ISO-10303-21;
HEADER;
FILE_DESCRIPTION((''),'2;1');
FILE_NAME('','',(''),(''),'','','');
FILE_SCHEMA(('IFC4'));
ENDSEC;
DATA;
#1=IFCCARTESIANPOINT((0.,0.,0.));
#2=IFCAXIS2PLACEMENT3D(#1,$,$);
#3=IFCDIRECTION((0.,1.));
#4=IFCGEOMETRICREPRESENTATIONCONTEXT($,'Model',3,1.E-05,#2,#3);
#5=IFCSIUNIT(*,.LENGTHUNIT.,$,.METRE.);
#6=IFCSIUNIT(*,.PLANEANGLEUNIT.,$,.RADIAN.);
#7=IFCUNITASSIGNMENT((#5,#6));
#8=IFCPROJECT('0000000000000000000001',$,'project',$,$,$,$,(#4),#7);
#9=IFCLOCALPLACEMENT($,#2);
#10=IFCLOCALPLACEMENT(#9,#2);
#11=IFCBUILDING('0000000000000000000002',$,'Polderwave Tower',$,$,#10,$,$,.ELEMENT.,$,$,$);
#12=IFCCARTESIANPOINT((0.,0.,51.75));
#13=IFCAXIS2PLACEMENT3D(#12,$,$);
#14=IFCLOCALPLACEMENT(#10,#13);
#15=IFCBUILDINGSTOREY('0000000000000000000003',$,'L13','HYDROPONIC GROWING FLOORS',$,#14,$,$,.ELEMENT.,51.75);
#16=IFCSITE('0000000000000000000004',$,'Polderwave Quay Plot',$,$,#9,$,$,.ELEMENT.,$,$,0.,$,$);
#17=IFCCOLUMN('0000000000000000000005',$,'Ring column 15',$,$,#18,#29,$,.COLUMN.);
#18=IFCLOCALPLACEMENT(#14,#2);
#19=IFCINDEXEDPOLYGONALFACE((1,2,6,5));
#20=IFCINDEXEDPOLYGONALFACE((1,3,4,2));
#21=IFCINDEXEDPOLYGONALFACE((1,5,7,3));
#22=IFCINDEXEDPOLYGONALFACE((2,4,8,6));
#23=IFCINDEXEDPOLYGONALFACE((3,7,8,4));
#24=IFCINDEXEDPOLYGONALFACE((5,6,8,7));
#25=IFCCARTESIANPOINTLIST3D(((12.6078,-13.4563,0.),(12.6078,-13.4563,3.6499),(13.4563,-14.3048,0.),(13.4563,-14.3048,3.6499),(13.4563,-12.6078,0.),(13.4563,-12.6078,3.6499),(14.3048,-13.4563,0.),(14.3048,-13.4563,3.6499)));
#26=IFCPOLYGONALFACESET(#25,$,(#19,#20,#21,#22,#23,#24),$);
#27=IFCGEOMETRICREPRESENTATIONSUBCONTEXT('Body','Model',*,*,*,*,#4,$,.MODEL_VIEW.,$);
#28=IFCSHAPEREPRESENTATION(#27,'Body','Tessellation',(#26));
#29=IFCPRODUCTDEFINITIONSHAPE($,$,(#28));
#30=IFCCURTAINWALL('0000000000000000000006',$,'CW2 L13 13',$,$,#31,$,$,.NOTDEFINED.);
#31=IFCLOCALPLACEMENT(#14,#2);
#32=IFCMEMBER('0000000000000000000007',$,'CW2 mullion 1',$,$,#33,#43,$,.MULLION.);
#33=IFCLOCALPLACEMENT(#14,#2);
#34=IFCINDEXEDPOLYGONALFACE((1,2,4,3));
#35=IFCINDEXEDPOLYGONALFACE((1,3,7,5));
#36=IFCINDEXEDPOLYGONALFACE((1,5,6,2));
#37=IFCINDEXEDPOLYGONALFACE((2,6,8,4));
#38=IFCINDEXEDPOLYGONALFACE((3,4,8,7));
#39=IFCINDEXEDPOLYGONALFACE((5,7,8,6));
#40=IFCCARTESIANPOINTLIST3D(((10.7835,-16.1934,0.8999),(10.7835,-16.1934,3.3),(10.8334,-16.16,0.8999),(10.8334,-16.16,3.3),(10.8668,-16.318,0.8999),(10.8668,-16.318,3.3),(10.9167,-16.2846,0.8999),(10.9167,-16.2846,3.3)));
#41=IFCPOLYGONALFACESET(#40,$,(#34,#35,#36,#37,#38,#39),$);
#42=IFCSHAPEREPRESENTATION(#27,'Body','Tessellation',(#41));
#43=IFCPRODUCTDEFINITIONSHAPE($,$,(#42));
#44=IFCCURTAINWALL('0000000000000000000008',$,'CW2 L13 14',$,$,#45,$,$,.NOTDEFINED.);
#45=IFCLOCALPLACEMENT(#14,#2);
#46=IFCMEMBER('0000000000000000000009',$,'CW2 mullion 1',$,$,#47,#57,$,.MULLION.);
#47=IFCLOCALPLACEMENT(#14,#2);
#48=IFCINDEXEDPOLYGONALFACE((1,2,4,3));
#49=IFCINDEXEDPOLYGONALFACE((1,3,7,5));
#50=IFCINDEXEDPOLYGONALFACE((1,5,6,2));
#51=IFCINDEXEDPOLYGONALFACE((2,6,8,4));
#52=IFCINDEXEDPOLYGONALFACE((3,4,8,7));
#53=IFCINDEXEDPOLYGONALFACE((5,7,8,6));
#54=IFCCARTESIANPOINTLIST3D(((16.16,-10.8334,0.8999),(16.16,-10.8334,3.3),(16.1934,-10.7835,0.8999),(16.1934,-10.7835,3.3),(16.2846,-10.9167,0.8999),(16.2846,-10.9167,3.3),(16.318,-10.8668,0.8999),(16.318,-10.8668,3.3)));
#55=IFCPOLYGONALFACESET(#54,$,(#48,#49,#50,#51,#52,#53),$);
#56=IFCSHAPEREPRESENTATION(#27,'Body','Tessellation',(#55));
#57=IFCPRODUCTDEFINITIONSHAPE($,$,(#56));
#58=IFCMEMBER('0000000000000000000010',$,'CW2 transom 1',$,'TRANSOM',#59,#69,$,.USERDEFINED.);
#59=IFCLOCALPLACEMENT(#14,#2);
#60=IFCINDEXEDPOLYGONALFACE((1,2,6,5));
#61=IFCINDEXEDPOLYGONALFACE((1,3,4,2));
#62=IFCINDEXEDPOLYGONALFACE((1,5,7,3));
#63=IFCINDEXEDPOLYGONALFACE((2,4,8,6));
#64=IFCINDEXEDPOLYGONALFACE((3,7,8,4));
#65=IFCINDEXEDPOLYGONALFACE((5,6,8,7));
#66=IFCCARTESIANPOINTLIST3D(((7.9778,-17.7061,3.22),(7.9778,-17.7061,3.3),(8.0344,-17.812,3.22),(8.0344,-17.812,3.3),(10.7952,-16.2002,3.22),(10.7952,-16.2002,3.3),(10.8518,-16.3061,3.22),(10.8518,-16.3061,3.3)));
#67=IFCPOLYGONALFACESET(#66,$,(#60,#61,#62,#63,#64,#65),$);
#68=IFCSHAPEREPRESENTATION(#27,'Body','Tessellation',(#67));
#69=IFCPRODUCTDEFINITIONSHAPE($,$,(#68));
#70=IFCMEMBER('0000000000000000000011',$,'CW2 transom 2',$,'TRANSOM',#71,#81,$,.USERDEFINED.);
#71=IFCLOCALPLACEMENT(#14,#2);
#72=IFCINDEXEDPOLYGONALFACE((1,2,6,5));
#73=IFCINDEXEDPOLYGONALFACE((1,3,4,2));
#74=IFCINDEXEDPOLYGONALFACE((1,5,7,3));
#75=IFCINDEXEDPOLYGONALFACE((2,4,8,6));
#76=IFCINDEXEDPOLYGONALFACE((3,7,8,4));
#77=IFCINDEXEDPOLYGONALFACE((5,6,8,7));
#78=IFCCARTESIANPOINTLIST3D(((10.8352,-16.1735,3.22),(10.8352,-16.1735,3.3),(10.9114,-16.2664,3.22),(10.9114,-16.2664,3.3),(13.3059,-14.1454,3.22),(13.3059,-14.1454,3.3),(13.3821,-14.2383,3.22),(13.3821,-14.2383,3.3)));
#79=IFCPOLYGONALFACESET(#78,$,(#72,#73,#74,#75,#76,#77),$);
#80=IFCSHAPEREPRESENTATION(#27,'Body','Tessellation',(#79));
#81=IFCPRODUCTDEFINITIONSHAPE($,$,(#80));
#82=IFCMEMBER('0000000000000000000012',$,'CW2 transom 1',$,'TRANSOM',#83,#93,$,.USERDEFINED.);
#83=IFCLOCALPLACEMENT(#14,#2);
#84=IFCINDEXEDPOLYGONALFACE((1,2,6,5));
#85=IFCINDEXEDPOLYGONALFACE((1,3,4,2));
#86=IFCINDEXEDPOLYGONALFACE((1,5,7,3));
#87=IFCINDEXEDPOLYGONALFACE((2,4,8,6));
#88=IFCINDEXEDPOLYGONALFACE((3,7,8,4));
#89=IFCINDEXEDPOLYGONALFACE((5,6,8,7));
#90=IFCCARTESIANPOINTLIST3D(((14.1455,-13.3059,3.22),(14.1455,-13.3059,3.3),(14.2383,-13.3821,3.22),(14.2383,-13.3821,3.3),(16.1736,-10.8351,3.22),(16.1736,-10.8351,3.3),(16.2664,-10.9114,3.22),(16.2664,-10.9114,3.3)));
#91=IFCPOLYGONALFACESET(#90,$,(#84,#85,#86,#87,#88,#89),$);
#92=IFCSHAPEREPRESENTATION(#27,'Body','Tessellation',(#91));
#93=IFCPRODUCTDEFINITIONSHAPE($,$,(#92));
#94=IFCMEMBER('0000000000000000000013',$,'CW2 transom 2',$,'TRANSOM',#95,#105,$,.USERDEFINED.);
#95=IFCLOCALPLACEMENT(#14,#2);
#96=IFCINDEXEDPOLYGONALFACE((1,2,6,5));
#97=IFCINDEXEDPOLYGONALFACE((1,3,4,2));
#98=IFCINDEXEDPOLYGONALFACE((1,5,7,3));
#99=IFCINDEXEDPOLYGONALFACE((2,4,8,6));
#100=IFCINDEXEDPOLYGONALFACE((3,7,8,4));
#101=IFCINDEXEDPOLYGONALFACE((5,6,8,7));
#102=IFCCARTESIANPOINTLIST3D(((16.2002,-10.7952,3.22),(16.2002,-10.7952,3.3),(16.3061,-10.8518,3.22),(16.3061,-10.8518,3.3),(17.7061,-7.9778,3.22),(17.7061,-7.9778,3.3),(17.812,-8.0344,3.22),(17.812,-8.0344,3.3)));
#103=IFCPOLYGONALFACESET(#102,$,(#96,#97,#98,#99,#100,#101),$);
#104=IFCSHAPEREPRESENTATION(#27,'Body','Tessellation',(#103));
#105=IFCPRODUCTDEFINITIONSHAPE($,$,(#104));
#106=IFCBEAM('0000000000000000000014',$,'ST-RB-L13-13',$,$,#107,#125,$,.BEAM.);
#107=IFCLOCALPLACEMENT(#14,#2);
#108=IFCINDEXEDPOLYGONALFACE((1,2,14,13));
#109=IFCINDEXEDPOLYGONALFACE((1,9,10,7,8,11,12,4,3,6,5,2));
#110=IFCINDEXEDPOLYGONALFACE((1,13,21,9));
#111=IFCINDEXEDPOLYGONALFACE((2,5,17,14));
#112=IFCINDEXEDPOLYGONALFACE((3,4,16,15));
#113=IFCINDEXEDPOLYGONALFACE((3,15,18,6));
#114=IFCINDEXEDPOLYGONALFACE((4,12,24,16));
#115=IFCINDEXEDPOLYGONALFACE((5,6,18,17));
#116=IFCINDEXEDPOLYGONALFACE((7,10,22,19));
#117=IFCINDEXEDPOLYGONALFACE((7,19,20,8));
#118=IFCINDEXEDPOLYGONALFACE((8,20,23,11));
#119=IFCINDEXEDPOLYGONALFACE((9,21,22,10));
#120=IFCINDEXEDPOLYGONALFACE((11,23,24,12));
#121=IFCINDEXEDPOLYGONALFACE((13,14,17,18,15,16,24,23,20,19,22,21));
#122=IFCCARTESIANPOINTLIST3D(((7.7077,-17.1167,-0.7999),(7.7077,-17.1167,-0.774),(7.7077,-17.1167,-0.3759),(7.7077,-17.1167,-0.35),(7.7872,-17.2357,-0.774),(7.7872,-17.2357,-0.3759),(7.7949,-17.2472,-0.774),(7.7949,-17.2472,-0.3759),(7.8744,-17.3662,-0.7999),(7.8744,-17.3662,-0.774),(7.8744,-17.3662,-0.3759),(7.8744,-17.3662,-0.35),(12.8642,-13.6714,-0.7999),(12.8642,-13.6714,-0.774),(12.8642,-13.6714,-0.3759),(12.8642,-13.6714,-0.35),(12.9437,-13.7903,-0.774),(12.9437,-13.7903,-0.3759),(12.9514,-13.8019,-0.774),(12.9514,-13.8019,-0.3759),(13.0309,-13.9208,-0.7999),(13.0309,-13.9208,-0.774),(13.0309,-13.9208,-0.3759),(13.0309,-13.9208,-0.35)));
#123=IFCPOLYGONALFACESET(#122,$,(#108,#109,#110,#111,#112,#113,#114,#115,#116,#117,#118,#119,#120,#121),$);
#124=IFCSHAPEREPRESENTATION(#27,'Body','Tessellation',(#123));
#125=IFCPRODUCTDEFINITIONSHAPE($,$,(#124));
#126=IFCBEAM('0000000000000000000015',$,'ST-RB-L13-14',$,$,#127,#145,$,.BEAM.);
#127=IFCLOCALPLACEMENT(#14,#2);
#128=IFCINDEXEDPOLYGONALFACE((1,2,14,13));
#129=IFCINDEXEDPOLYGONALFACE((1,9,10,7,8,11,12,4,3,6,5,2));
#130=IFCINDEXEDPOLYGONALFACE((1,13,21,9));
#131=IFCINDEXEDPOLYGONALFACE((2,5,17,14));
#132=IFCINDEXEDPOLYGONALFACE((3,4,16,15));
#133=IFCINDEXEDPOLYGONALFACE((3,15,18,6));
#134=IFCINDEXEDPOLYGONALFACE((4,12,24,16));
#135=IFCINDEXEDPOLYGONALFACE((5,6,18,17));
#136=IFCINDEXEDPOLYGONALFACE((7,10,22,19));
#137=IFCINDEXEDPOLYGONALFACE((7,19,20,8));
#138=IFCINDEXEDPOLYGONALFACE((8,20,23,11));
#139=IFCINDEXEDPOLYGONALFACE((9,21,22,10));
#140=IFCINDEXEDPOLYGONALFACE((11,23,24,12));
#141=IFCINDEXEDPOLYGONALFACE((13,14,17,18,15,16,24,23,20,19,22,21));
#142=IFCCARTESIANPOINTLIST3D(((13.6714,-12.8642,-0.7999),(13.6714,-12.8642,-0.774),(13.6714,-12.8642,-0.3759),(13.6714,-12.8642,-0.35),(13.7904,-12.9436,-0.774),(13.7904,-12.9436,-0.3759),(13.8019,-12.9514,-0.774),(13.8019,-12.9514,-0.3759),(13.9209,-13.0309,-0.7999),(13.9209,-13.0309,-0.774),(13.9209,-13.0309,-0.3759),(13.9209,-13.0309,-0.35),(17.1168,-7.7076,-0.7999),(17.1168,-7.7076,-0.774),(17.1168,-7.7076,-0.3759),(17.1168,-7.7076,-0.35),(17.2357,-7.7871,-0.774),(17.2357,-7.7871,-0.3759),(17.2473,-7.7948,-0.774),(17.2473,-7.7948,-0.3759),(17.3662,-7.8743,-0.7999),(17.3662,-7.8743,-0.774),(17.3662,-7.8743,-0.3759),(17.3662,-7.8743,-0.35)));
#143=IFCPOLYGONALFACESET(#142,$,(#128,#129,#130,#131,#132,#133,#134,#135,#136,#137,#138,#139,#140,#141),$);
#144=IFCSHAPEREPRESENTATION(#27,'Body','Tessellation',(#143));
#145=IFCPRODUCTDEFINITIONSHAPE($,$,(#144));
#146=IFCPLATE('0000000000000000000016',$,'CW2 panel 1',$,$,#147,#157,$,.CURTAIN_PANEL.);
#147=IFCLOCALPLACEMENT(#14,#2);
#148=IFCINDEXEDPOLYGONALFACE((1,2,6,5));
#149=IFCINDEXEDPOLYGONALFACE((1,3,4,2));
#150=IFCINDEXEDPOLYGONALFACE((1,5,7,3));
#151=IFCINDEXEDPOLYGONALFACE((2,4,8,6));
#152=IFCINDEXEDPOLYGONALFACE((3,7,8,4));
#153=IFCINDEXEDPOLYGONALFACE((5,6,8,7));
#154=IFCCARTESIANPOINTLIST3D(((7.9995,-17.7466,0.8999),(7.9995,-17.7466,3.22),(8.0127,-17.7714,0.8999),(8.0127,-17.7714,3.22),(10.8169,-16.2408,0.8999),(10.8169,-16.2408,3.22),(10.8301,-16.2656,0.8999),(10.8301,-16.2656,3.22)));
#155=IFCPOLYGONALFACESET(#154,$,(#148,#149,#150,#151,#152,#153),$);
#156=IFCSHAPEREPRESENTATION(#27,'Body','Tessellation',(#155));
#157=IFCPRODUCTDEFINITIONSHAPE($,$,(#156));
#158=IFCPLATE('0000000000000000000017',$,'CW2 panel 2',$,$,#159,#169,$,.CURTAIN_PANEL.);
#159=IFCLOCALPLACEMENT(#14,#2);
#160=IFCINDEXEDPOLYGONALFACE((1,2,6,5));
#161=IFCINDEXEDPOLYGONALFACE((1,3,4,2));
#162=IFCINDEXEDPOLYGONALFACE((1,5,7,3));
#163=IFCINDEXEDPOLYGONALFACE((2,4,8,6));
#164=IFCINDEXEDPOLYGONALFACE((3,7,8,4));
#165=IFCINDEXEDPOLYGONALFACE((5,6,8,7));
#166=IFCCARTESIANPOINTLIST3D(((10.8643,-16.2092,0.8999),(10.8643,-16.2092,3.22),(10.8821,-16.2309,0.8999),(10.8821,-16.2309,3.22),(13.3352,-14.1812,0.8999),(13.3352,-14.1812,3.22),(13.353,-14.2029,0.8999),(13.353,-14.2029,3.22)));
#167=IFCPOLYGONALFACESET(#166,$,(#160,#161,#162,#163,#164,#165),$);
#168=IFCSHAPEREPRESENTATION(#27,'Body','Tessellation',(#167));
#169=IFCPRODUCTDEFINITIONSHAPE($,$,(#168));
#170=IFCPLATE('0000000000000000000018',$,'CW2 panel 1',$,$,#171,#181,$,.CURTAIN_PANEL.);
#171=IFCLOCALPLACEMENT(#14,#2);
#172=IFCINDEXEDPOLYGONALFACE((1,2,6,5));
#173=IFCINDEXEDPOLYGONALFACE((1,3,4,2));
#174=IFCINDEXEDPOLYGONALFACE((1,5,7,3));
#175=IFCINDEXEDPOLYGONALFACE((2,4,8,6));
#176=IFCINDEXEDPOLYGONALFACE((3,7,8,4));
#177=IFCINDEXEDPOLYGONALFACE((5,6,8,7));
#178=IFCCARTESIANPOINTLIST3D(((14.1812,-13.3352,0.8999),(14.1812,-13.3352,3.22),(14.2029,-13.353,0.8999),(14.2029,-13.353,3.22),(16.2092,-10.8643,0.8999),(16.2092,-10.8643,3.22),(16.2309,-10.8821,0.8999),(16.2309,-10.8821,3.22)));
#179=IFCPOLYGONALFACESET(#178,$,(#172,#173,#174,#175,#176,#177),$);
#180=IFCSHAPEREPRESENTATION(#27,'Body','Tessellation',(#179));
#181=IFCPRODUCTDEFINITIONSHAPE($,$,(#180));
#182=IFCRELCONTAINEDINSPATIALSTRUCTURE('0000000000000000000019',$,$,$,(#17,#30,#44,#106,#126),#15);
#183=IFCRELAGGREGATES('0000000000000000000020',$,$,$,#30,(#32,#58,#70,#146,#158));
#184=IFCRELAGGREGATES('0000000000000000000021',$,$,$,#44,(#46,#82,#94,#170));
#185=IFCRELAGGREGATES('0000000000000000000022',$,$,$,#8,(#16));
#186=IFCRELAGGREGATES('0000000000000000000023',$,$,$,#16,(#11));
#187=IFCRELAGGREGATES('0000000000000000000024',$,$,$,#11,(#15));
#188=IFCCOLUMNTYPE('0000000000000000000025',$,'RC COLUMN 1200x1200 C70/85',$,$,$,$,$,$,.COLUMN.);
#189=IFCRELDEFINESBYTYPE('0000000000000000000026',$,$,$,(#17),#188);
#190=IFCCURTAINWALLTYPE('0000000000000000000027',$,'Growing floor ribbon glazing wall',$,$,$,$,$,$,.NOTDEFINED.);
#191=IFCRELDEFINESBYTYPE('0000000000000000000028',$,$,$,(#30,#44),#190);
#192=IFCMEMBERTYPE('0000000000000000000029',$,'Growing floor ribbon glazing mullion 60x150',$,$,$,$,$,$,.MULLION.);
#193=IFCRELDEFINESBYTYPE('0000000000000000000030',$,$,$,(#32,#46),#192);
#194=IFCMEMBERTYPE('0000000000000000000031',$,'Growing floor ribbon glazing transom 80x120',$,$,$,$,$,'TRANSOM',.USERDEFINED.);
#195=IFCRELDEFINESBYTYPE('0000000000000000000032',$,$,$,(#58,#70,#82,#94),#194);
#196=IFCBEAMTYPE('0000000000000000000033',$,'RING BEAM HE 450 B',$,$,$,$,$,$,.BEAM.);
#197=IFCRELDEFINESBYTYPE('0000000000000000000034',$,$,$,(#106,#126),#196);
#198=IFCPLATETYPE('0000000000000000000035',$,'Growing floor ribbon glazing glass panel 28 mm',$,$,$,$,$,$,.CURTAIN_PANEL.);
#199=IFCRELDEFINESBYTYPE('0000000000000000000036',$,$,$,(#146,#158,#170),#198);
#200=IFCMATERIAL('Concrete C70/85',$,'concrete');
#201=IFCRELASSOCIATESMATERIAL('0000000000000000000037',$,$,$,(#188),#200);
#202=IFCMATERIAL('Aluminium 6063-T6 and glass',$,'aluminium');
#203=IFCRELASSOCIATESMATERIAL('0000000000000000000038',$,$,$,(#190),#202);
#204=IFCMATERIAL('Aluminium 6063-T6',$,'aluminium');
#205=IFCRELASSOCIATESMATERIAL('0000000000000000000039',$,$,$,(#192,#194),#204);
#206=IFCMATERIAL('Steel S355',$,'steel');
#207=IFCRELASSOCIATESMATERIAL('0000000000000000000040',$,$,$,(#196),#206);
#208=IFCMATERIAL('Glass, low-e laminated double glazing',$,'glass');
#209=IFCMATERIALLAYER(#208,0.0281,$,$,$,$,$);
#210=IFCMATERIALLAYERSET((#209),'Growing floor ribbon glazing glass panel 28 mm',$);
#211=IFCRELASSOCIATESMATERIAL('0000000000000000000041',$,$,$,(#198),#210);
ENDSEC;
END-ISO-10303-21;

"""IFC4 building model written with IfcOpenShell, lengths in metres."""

from ifc_helpers import new_model, si_unit, direction, frame, origin, origin_2d, place, context, subcontext, project, spatial, rectangle, i_section, extrude, material, layer, layer_set, material_profile, profile_set, type_object, element, aggregate, save


model = new_model("IFC4")

# Units and contexts
model_context = context("Model", 3, precision=1e-05, world=origin(), true_north=direction((0.0, 1.0)))
body_context = subcontext(model_context, "Body", "Model", "MODEL_VIEW")
ifc_project = project(units=[si_unit("LENGTHUNIT", "METRE"), si_unit("PLANEANGLEUNIT", "RADIAN")], contexts=[model_context])

# Site, building, storey
site_placement = place(None, origin())
site = spatial("IfcSite", under=ifc_project, at=site_placement, Name="Polderwave Quay Plot", CompositionType="ELEMENT", RefElevation=0.0)
building_placement = place(site_placement, origin())
building = spatial("IfcBuilding", under=site, at=building_placement, Name="Polderwave Tower", CompositionType="ELEMENT")
storey_placement = place(building_placement, frame((0.0, 0.0, 51.75)))
storey = spatial("IfcBuildingStorey", under=building, at=storey_placement, Name="L13", Description="HYDROPONIC GROWING FLOORS", CompositionType="ELEMENT", Elevation=51.75)

# Column
ifc_material_1 = material(Name="Concrete C70/85", Category="concrete")
ifc_material_profile_1 = material_profile(ifc_material_1, rectangle(XDim=1.2, YDim=1.2, at=origin_2d()), Name="RC 1200x1200")
ifc_profile_set_1 = profile_set([ifc_material_profile_1], Name="Concrete C70/85")
column_type = type_object("IfcColumnType", Name="RC COLUMN 1200x1200 C70/85", PredefinedType="COLUMN", material=ifc_profile_set_1)
column_placement = place(storey_placement, frame((13.4563, -13.4563, 0.0), z_axis=(0.0, 0.0, 1.0), x_axis=(0.707107, -0.707107, 0.0)))
element("IfcColumn", 1, at=column_placement, inside=storey, type_object=column_type, Name="Ring column 15", PredefinedType="COLUMN", context=body_context, shape_type="SweptSolid", body=[
    extrude(rectangle(XDim=1.2, YDim=1.2, at=origin_2d()), origin(), (0.0, 0.0, 1.0), 3.6499),
])

# Curtain walls, members
ifc_material_2 = material(Name="Aluminium 6063-T6 and glass", Category="aluminium")
curtain_wall_type = type_object("IfcCurtainWallType", Name="Growing floor ribbon glazing wall", PredefinedType="NOTDEFINED", material=ifc_material_2)
curtain_wall_1_placement = place(storey_placement, origin())
curtain_wall_1 = element("IfcCurtainWall", 2, at=curtain_wall_1_placement, inside=storey, type_object=curtain_wall_type, Name="CW2 L13 13", PredefinedType="NOTDEFINED")
ifc_material_3 = material(Name="Aluminium 6063-T6", Category="aluminium")
ifc_material_profile_2 = material_profile(ifc_material_3, rectangle(XDim=0.1499, YDim=0.0601, at=origin_2d()), Name="AL 60x150")
ifc_profile_set_2 = profile_set([ifc_material_profile_2], Name="Aluminium 6063-T6")
member_type_1 = type_object("IfcMemberType", Name="Growing floor ribbon glazing mullion 60x150", PredefinedType="MULLION", material=ifc_profile_set_2)
member_1_placement = place(storey_placement, frame((10.8501, -16.239, 0.8999), z_axis=(0.0, 0.0, 1.0), x_axis=(-0.555576, 0.831466, 0.0)))
member_1 = element("IfcMember", 3, at=member_1_placement, type_object=member_type_1, Name="CW2 mullion 1", PredefinedType="MULLION", context=body_context, shape_type="SweptSolid", body=[
    extrude(rectangle(XDim=0.1499, YDim=0.0601, at=origin_2d()), origin(), (0.0, 0.0, 1.0), 2.4001),
])
curtain_wall_2_placement = place(storey_placement, origin())
curtain_wall_2 = element("IfcCurtainWall", 4, at=curtain_wall_2_placement, inside=storey, type_object=curtain_wall_type, Name="CW2 L13 14", PredefinedType="NOTDEFINED")
member_2_placement = place(storey_placement, frame((16.239, -10.8501, 0.8999), z_axis=(0.0, 0.0, 1.0), x_axis=(-0.831466, 0.555576, 0.0)))
member_2 = element("IfcMember", 5, at=member_2_placement, type_object=member_type_1, Name="CW2 mullion 1", PredefinedType="MULLION", context=body_context, shape_type="SweptSolid", body=[
    extrude(rectangle(XDim=0.1499, YDim=0.0601, at=origin_2d()), origin(), (0.0, 0.0, 1.0), 2.4001),
])

# Members
ifc_material_profile_3 = material_profile(ifc_material_3, rectangle(XDim=0.1201, YDim=0.0801, at=origin_2d()), Name="AL 80x120")
ifc_profile_set_3 = profile_set([ifc_material_profile_3], Name="Aluminium 6063-T6")
member_type_2 = type_object("IfcMemberType", Name="Growing floor ribbon glazing transom 80x120", ElementType="TRANSOM", PredefinedType="USERDEFINED", material=ifc_profile_set_3)
member_3_placement = place(storey_placement, frame((8.0061, -17.759, 3.26), z_axis=(0.881929, 0.471381, 0.0), x_axis=(-0.471381, 0.881929, 0.0)))
member_3 = element("IfcMember", 6, at=member_3_placement, type_object=member_type_2, Name="CW2 transom 1", ObjectType="TRANSOM", PredefinedType="USERDEFINED", context=body_context, shape_type="SweptSolid", body=[
    extrude(rectangle(XDim=0.1201, YDim=0.0801, at=origin_2d()), origin(), (0.0, 0.0, 1.0), 3.1946),
])
member_4_placement = place(storey_placement, frame((10.8733, -16.22, 3.26), z_axis=(0.772946, 0.634472, 0.0), x_axis=(-0.634472, 0.772946, 0.0)))
member_4 = element("IfcMember", 7, at=member_4_placement, type_object=member_type_2, Name="CW2 transom 2", ObjectType="TRANSOM", PredefinedType="USERDEFINED", context=body_context, shape_type="SweptSolid", body=[
    extrude(rectangle(XDim=0.1201, YDim=0.0801, at=origin_2d()), origin(), (0.0, 0.0, 1.0), 3.1965),
])
member_5_placement = place(storey_placement, frame((14.1919, -13.344, 3.26), z_axis=(0.634472, 0.772946, 0.0), x_axis=(-0.772946, 0.634472, 0.0)))
member_5 = element("IfcMember", 8, at=member_5_placement, type_object=member_type_2, Name="CW2 transom 1", ObjectType="TRANSOM", PredefinedType="USERDEFINED", context=body_context, shape_type="SweptSolid", body=[
    extrude(rectangle(XDim=0.1201, YDim=0.0801, at=origin_2d()), origin(), (0.0, 0.0, 1.0), 3.1965),
])
member_6_placement = place(storey_placement, frame((16.2532, -10.8235, 3.26), z_axis=(0.471381, 0.881929, 0.0), x_axis=(-0.881929, 0.471381, 0.0)))
member_6 = element("IfcMember", 9, at=member_6_placement, type_object=member_type_2, Name="CW2 transom 2", ObjectType="TRANSOM", PredefinedType="USERDEFINED", context=body_context, shape_type="SweptSolid", body=[
    extrude(rectangle(XDim=0.1201, YDim=0.0801, at=origin_2d()), origin(), (0.0, 0.0, 1.0), 3.1946),
])

# Beams
ifc_material_4 = material(Name="Steel S355", Category="steel")
ifc_material_profile_4 = material_profile(ifc_material_4, i_section(OverallWidth=0.3, OverallDepth=0.45, WebThickness=0.0139, FlangeThickness=0.0259, at=origin_2d()), Name="HE 450 B")
ifc_profile_set_4 = profile_set([ifc_material_profile_4], Name="Steel S355")
beam_type = type_object("IfcBeamType", Name="RING BEAM HE 450 B", PredefinedType="BEAM", material=ifc_profile_set_4)
for number, where, z_axis, x_axis, name in (
    (10, (7.791, -17.2415, -0.575), (0.831481, 0.555554, 0.0), (-0.555554, 0.831481, 0.0), "ST-RB-L13-13"),
    (11, (13.7961, -12.9475, -0.575), (0.555554, 0.831481, 0.0), (-0.831481, 0.555554, 0.0), "ST-RB-L13-14"),
):
    element("IfcBeam", number, at=place(storey_placement, frame(where, z_axis=z_axis, x_axis=x_axis)), inside=storey, type_object=beam_type, Name=name, PredefinedType="BEAM", context=body_context, shape_type="SweptSolid", body=[
        extrude(i_section(OverallWidth=0.3, OverallDepth=0.45, WebThickness=0.0139, FlangeThickness=0.0259, at=origin_2d()), origin(), (0.0, 0.0, 1.0), 6.2017),
    ])

# Plates
ifc_material_5 = material(Name="Glass, low-e laminated double glazing", Category="glass")
ifc_layer_1 = layer(ifc_material_5, 0.0281)
ifc_layer_set_1 = layer_set([ifc_layer_1], Name="Growing floor ribbon glazing glass panel 28 mm")
plate_type = type_object("IfcPlateType", Name="Growing floor ribbon glazing glass panel 28 mm", PredefinedType="CURTAIN_PANEL", material=ifc_layer_set_1)
plate_1_placement = place(storey_placement, frame((9.4148, -17.0061, 0.8999), z_axis=(0.0, 0.0, 1.0), x_axis=(0.88194, 0.471361, 0.0)))
plate_1 = element("IfcPlate", 12, at=plate_1_placement, type_object=plate_type, Name="CW2 panel 1", PredefinedType="CURTAIN_PANEL", context=body_context, shape_type="SweptSolid", body=[
    extrude(rectangle(XDim=3.1946, YDim=0.0281, at=origin_2d()), origin(), (0.0, 0.0, 1.0), 2.3201),
])
plate_2_placement = place(storey_placement, frame((12.1086, -15.2061, 0.8999), z_axis=(0.0, 0.0, 1.0), x_axis=(0.772976, 0.634435, 0.0)))
plate_2 = element("IfcPlate", 13, at=plate_2_placement, type_object=plate_type, Name="CW2 panel 2", PredefinedType="CURTAIN_PANEL", context=body_context, shape_type="SweptSolid", body=[
    extrude(rectangle(XDim=3.1965, YDim=0.0281, at=origin_2d()), origin(), (0.0, 0.0, 1.0), 2.3201),
])
aggregate(curtain_wall_1, [member_1, member_3, member_4, plate_1, plate_2])
plate_3_placement = place(storey_placement, frame((15.2061, -12.1086, 0.8999), z_axis=(0.0, 0.0, 1.0), x_axis=(0.634435, 0.772976, 0.0)))
plate_3 = element("IfcPlate", 14, at=plate_3_placement, type_object=plate_type, Name="CW2 panel 1", PredefinedType="CURTAIN_PANEL", context=body_context, shape_type="SweptSolid", body=[
    extrude(rectangle(XDim=3.1965, YDim=0.0281, at=origin_2d()), origin(), (0.0, 0.0, 1.0), 2.3201),
])
aggregate(curtain_wall_2, [member_2, member_5, member_6, plate_3])

save(model, "model.ifc")
